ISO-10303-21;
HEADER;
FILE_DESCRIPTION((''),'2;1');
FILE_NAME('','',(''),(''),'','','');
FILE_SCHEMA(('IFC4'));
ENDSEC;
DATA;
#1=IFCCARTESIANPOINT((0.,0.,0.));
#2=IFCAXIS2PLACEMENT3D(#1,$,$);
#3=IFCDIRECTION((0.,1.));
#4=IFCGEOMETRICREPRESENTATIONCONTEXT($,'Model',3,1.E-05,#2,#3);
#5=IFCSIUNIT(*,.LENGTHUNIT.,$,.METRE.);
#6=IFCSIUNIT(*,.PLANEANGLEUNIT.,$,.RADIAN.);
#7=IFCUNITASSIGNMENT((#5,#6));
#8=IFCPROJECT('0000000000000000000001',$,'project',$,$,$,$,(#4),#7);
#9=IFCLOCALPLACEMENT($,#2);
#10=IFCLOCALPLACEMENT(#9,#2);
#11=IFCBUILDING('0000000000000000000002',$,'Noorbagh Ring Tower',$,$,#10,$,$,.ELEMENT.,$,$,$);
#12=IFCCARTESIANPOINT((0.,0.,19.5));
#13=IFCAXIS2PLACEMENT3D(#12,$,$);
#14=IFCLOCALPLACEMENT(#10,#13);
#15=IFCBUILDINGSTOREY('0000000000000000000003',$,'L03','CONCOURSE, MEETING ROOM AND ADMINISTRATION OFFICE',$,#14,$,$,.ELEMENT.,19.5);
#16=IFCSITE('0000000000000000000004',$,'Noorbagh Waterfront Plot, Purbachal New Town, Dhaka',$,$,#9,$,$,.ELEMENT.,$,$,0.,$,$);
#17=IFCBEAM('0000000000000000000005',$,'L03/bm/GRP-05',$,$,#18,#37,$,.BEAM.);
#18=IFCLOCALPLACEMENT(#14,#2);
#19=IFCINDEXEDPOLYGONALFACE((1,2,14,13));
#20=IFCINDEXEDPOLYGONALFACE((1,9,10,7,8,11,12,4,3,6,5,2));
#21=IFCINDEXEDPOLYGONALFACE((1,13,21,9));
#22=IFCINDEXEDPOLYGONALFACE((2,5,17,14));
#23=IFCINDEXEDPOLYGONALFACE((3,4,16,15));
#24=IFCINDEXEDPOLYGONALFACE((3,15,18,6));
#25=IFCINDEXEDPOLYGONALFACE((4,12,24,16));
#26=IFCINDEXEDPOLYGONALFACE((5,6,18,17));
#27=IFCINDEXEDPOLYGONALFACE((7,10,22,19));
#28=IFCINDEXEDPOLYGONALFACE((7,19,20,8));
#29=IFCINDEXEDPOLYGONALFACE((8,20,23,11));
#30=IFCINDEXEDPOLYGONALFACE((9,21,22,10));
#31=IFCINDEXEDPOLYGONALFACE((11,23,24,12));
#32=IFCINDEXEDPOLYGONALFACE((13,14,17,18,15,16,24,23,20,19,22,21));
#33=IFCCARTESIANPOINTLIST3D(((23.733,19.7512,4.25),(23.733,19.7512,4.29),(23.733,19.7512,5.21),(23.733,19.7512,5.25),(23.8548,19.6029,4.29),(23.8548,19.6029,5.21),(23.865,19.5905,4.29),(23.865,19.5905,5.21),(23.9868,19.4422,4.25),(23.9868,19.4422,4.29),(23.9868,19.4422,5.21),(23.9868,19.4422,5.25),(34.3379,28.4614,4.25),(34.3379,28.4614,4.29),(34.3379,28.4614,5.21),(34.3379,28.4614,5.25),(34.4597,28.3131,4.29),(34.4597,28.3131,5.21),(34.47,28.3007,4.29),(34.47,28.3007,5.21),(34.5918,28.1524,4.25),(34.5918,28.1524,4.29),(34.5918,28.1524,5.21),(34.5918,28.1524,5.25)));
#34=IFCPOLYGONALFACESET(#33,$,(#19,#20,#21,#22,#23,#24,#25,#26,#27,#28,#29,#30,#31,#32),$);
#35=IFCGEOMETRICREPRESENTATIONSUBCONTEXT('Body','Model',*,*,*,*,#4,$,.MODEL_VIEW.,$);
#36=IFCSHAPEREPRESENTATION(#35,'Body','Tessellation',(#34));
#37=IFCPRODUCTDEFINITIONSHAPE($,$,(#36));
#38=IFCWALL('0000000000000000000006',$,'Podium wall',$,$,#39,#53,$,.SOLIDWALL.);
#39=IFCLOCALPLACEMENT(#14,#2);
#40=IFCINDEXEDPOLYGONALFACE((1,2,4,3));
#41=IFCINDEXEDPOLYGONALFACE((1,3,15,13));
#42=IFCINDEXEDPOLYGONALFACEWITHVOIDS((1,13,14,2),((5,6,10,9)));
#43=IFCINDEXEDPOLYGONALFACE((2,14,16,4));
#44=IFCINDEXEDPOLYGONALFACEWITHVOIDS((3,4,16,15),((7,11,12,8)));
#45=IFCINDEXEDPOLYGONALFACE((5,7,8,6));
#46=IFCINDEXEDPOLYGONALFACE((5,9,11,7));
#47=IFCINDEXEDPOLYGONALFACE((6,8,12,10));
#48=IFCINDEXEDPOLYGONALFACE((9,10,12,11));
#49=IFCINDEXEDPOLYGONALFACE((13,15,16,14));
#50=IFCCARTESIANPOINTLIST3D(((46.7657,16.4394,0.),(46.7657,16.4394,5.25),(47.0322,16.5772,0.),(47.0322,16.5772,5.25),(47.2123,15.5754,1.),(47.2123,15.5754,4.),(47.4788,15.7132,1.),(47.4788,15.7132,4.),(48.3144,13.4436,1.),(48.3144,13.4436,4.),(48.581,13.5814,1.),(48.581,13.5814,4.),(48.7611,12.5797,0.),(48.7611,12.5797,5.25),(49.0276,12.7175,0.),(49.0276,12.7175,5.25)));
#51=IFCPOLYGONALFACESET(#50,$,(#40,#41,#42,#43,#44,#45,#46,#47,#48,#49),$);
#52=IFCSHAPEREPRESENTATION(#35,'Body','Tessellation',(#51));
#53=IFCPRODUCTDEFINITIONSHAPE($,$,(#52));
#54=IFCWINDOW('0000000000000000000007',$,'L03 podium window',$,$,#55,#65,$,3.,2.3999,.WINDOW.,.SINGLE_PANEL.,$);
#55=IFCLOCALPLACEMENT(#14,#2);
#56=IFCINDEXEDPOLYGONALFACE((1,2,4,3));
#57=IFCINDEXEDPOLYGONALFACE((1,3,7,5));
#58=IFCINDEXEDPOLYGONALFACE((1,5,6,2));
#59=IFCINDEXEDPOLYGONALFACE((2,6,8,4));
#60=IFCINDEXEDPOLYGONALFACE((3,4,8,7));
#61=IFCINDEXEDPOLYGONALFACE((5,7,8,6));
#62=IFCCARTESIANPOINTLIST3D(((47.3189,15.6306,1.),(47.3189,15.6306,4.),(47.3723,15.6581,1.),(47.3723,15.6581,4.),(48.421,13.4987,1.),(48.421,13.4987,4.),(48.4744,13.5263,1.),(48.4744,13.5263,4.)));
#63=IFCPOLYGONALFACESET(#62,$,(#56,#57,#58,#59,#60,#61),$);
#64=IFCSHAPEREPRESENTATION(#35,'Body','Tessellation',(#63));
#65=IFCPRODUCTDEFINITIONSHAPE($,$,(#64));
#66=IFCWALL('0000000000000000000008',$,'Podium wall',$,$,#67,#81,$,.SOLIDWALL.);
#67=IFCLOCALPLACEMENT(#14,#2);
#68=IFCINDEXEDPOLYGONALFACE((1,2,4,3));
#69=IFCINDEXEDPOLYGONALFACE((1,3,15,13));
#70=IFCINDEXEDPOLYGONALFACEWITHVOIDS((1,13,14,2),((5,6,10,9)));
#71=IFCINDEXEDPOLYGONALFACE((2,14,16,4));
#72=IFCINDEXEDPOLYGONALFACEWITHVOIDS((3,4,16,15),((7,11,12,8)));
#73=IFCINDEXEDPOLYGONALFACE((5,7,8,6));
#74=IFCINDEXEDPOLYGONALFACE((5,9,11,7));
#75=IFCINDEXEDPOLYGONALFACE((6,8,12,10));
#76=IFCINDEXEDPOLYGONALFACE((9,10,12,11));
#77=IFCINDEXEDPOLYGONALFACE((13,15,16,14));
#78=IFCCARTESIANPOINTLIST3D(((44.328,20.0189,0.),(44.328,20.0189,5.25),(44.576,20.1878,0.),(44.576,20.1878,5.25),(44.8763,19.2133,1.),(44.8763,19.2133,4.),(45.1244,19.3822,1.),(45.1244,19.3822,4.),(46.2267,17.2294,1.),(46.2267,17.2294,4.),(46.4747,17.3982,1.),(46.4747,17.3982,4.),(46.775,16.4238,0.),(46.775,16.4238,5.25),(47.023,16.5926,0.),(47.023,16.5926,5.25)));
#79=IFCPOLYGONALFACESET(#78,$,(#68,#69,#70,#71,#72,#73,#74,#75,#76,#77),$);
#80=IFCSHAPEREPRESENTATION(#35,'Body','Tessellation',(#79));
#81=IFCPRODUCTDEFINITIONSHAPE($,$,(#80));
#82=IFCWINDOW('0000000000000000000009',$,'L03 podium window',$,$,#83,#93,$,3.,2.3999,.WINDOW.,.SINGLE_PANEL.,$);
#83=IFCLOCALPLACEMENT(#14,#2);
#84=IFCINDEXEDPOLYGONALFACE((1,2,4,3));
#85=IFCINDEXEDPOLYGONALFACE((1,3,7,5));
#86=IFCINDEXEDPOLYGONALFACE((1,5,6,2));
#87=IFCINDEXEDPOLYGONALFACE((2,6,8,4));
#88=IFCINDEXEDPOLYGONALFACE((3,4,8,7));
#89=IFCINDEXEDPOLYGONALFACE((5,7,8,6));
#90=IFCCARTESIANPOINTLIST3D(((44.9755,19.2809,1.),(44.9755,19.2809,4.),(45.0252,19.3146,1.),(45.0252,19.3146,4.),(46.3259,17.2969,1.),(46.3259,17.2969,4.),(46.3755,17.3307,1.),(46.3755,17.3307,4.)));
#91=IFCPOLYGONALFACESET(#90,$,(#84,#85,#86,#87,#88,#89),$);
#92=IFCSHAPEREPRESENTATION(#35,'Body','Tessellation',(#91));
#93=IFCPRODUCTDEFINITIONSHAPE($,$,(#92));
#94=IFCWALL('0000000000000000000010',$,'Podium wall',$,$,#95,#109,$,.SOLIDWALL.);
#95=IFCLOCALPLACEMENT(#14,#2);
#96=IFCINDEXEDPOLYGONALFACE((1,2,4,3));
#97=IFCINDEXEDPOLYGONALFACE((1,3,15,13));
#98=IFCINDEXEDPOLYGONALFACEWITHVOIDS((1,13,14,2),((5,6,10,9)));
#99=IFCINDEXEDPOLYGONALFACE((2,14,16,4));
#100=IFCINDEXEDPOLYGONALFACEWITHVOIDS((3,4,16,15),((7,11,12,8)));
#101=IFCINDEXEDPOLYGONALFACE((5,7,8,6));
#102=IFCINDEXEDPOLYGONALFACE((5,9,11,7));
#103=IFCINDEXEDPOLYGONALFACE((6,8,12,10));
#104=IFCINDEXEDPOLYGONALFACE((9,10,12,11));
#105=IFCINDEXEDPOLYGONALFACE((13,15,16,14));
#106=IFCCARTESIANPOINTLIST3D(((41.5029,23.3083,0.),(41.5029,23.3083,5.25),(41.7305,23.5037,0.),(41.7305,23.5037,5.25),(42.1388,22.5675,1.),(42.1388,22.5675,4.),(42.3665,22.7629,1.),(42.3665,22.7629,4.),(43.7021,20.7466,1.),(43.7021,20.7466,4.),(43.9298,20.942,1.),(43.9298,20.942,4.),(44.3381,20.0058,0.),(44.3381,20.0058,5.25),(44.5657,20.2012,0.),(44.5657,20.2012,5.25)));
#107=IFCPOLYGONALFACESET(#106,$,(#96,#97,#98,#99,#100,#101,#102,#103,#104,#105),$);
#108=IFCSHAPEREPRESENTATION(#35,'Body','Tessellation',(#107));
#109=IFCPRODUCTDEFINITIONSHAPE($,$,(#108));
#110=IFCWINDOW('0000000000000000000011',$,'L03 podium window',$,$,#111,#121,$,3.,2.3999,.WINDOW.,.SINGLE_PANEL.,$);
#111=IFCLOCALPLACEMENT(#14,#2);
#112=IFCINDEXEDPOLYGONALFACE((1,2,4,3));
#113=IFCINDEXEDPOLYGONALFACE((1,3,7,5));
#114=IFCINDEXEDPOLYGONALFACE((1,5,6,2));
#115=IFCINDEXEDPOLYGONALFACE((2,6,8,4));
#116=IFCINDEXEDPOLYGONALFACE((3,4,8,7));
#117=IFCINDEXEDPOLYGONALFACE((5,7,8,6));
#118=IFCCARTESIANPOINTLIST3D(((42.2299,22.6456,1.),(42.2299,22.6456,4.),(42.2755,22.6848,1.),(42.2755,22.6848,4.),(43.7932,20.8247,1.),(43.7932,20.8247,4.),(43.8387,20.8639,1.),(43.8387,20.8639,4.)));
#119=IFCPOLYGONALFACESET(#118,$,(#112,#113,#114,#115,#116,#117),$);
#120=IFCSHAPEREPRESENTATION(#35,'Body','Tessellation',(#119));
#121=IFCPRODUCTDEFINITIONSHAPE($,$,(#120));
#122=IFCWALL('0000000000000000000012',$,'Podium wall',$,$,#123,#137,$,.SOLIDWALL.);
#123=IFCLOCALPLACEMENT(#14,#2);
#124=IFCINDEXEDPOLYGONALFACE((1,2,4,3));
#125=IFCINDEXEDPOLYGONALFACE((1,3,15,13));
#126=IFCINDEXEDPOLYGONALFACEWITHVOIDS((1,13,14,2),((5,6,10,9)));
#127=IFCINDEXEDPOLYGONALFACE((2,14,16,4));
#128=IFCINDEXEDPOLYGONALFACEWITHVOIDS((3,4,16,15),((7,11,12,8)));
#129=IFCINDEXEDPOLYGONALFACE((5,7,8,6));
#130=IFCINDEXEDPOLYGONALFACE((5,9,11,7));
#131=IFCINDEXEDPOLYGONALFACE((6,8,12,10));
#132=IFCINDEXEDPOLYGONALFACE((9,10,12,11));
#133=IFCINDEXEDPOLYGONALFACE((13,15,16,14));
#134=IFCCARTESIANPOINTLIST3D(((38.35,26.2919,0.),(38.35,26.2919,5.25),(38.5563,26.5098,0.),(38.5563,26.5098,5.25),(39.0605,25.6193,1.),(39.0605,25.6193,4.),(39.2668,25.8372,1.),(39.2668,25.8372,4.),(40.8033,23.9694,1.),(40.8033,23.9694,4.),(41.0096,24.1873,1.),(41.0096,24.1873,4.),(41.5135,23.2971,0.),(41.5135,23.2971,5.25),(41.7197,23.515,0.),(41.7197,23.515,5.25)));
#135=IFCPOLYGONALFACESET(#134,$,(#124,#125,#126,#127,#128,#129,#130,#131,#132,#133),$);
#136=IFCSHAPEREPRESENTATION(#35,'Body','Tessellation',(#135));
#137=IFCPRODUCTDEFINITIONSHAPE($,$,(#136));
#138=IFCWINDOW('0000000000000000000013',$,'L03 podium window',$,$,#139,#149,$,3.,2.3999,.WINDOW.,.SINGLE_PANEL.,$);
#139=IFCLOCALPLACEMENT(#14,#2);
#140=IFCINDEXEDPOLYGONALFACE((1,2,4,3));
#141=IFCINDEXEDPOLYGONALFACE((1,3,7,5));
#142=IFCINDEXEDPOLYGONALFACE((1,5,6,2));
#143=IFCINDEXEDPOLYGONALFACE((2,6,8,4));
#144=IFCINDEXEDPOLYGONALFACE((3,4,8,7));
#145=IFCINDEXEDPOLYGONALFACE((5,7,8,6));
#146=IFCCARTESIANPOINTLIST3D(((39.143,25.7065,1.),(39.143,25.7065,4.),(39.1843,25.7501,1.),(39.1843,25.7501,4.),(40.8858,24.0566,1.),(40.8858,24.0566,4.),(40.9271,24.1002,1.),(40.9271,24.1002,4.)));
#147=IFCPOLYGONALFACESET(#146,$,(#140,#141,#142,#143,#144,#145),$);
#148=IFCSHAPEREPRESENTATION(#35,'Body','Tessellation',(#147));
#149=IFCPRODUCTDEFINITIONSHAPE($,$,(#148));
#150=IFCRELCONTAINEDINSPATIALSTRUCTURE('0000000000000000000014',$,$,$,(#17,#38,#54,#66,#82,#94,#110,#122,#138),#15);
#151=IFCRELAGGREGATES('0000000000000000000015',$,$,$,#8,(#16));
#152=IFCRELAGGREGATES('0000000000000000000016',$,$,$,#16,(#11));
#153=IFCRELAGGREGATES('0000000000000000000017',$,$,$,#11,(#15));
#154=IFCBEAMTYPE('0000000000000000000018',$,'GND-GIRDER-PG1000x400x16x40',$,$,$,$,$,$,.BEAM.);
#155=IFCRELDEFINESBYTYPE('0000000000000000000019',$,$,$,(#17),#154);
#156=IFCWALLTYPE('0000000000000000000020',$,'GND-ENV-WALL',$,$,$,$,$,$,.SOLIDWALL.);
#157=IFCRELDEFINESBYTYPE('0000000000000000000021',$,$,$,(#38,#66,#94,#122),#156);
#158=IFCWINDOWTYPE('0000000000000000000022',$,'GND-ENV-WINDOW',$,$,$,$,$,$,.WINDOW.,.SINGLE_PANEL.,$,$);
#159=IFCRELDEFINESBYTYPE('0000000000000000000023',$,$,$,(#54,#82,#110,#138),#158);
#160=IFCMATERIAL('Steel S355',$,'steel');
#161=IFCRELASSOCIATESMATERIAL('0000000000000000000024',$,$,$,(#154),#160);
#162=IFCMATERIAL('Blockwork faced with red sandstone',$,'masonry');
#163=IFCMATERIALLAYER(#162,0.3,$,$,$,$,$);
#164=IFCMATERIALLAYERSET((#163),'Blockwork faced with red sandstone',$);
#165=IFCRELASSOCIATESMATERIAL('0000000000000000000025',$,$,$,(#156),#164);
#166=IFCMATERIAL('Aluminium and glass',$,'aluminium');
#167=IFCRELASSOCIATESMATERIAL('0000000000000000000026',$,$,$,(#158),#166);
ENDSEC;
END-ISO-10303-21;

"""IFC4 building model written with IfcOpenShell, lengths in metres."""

from ifc_helpers import new_model, si_unit, direction, frame, frame_2d, origin, origin_2d, place, context, subcontext, project, spatial, rectangle, i_section, extrude, material, layer, layer_set, material_profile, profile_set, type_object, element, fill, save


model = new_model("IFC4")

# Units and contexts
model_context = context("Model", 3, precision=1e-05, world=origin(), true_north=direction((0.0, 1.0)))
body_context = subcontext(model_context, "Body", "Model", "MODEL_VIEW")
ifc_project = project(units=[si_unit("LENGTHUNIT", "METRE"), si_unit("PLANEANGLEUNIT", "RADIAN")], contexts=[model_context])

# Site, building, storey
site_placement = place(None, origin())
site = spatial("IfcSite", under=ifc_project, at=site_placement, Name="Noorbagh Waterfront Plot, Purbachal New Town, Dhaka", CompositionType="ELEMENT", RefElevation=0.0)
building_placement = place(site_placement, origin())
building = spatial("IfcBuilding", under=site, at=building_placement, Name="Noorbagh Ring Tower", CompositionType="ELEMENT")
storey_placement = place(building_placement, frame((0.0, 0.0, 19.5)))
storey = spatial("IfcBuildingStorey", under=building, at=storey_placement, Name="L03", Description="CONCOURSE, MEETING ROOM AND ADMINISTRATION OFFICE", CompositionType="ELEMENT", Elevation=19.5)

# Beam
ifc_material_1 = material(Name="Steel S355", Category="steel")
ifc_material_profile_1 = material_profile(ifc_material_1, i_section(OverallWidth=0.3999, OverallDepth=1.0, WebThickness=0.0161, FlangeThickness=0.04, at=origin_2d()), Name="PG1000x400x16x40")
ifc_profile_set_1 = profile_set([ifc_material_profile_1], Name="Steel S355")
beam_type_1 = type_object("IfcBeamType", Name="GND-GIRDER-PG1000x400x16x40", PredefinedType="BEAM", material=ifc_profile_set_1)
beam_1_placement = place(storey_placement, frame((34.4648, 28.3069, 4.75), z_axis=(-0.772763, -0.634695, 0.0), x_axis=(0.634695, -0.772763, 0.0)))
element("IfcBeam", 1, at=beam_1_placement, inside=storey, type_object=beam_type_1, Name="L03/bm/GRP-05", PredefinedType="BEAM", context=body_context, shape_type="SweptSolid", body=[
    extrude(i_section(OverallWidth=0.3999, OverallDepth=1.0, WebThickness=0.0161, FlangeThickness=0.04, at=origin_2d()), origin(), (0.0, 0.0, 1.0), 13.7234),
])

# Walls, openings, windows
ifc_material_2 = material(Name="Blockwork faced with red sandstone", Category="masonry")
ifc_layer = layer(ifc_material_2, 0.3)
ifc_layer_set = layer_set([ifc_layer], Name="Blockwork faced with red sandstone")
wall_type = type_object("IfcWallType", Name="GND-ENV-WALL", PredefinedType="SOLIDWALL", material=ifc_layer_set)
wall_1_placement = place(storey_placement, frame((48.8943, 12.6487, 0.0), z_axis=(0.0, 0.0, 1.0), x_axis=(-0.459243, 0.888311, 0.0)))
wall_1 = element("IfcWall", 2, at=wall_1_placement, inside=storey, type_object=wall_type, Name="Podium wall", PredefinedType="SOLIDWALL", context=body_context, shape_type="SweptSolid", body=[
    extrude(rectangle(XDim=4.345, YDim=0.3, at=frame_2d((2.1724, 0.0))), origin(), (0.0, 0.0, 1.0), 5.25),
])
opening_1_placement = place(wall_1_placement, frame((0.9724, 0.0, 1.0)))
opening_1 = element("IfcOpeningElement", 3, at=opening_1_placement, cuts=wall_1, PredefinedType="OPENING", context=body_context, shape_type="SweptSolid", body=[
    extrude(rectangle(XDim=2.3999, YDim=3.0, at=frame_2d((1.2, 1.5))), frame((0.0, 0.1602, 0.0), z_axis=(0.0, -1.0, 0.0), x_axis=(1.0, 0.0, 0.0)), (0.0, 0.0, 1.0), 0.3201),
])
ifc_material_3 = material(Name="Aluminium and glass", Category="aluminium")
window_type = type_object("IfcWindowType", Name="GND-ENV-WINDOW", PartitioningType="SINGLE_PANEL", PredefinedType="WINDOW", material=ifc_material_3)
window_1_placement = place(opening_1_placement, origin())
window_1 = element("IfcWindow", 4, at=window_1_placement, inside=storey, type_object=window_type, Name="L03 podium window", OverallHeight=3.0, OverallWidth=2.3999, PartitioningType="SINGLE_PANEL", PredefinedType="WINDOW", context=body_context, shape_type="SweptSolid", body=[
    extrude(rectangle(XDim=2.3999, YDim=3.0, at=frame_2d((1.2, 1.5))), frame((0.0, 0.03, 0.0), z_axis=(0.0, -1.0, 0.0), x_axis=(1.0, 0.0, 0.0)), (0.0, 0.0, 1.0), 0.0601),
])
fill(opening_1, window_1)
wall_2_placement = place(storey_placement, frame((46.8989, 16.5083, 0.0), z_axis=(0.0, 0.0, 1.0), x_axis=(-0.562668, 0.826683, 0.0)))
wall_2 = element("IfcWall", 5, at=wall_2_placement, inside=storey, type_object=wall_type, Name="Podium wall", PredefinedType="SOLIDWALL", context=body_context, shape_type="SweptSolid", body=[
    extrude(rectangle(XDim=4.3489, YDim=0.3, at=frame_2d((2.1743, 0.0))), origin(), (0.0, 0.0, 1.0), 5.25),
])
opening_2_placement = place(wall_2_placement, frame((0.9744, 0.0, 1.0)))
opening_2 = element("IfcOpeningElement", 6, at=opening_2_placement, cuts=wall_2, PredefinedType="OPENING", context=body_context, shape_type="SweptSolid", body=[
    extrude(rectangle(XDim=2.3999, YDim=3.0, at=frame_2d((1.2, 1.5))), frame((0.0, 0.1602, 0.0), z_axis=(0.0, -1.0, 0.0), x_axis=(1.0, 0.0, 0.0)), (0.0, 0.0, 1.0), 0.3201),
])
window_2_placement = place(opening_2_placement, origin())
window_2 = element("IfcWindow", 7, at=window_2_placement, inside=storey, type_object=window_type, Name="L03 podium window", OverallHeight=3.0, OverallWidth=2.3999, PartitioningType="SINGLE_PANEL", PredefinedType="WINDOW", context=body_context, shape_type="SweptSolid", body=[
    extrude(rectangle(XDim=2.3999, YDim=3.0, at=frame_2d((1.2, 1.5))), frame((0.0, 0.03, 0.0), z_axis=(0.0, -1.0, 0.0), x_axis=(1.0, 0.0, 0.0)), (0.0, 0.0, 1.0), 0.0601),
])
fill(opening_2, window_2)
wall_3_placement = place(storey_placement, frame((44.4519, 20.1035, 0.0), z_axis=(0.0, 0.0, 1.0), x_axis=(-0.651387, 0.758746, 0.0)))
wall_3 = element("IfcWall", 8, at=wall_3_placement, inside=storey, type_object=wall_type, Name="Podium wall", PredefinedType="SOLIDWALL", context=body_context, shape_type="SweptSolid", body=[
    extrude(rectangle(XDim=4.3525, YDim=0.3, at=frame_2d((2.1763, 0.0))), origin(), (0.0, 0.0, 1.0), 5.25),
])
opening_3_placement = place(wall_3_placement, frame((0.9763, 0.0, 1.0)))
opening_3 = element("IfcOpeningElement", 9, at=opening_3_placement, cuts=wall_3, PredefinedType="OPENING", context=body_context, shape_type="SweptSolid", body=[
    extrude(rectangle(XDim=2.3999, YDim=3.0, at=frame_2d((1.2, 1.5))), frame((0.0, 0.1602, 0.0), z_axis=(0.0, -1.0, 0.0), x_axis=(1.0, 0.0, 0.0)), (0.0, 0.0, 1.0), 0.3201),
])
window_3_placement = place(opening_3_placement, origin())
window_3 = element("IfcWindow", 10, at=window_3_placement, inside=storey, type_object=window_type, Name="L03 podium window", OverallHeight=3.0, OverallWidth=2.3999, PartitioningType="SINGLE_PANEL", PredefinedType="WINDOW", context=body_context, shape_type="SweptSolid", body=[
    extrude(rectangle(XDim=2.3999, YDim=3.0, at=frame_2d((1.2, 1.5))), frame((0.0, 0.03, 0.0), z_axis=(0.0, -1.0, 0.0), x_axis=(1.0, 0.0, 0.0)), (0.0, 0.0, 1.0), 0.0601),
])
fill(opening_3, window_3)
wall_4_placement = place(storey_placement, frame((41.6167, 23.406, 0.0), z_axis=(0.0, 0.0, 1.0), x_axis=(-0.726204, 0.687479, 0.0)))
wall_4 = element("IfcWall", 11, at=wall_4_placement, inside=storey, type_object=wall_type, Name="Podium wall", PredefinedType="SOLIDWALL", context=body_context, shape_type="SweptSolid", body=[
    extrude(rectangle(XDim=4.3562, YDim=0.3, at=frame_2d((2.1782, 0.0))), origin(), (0.0, 0.0, 1.0), 5.25),
])
opening_4_placement = place(wall_4_placement, frame((0.978, 0.0, 1.0)))
opening_4 = element("IfcOpeningElement", 12, at=opening_4_placement, cuts=wall_4, PredefinedType="OPENING", context=body_context, shape_type="SweptSolid", body=[
    extrude(rectangle(XDim=2.3999, YDim=3.0, at=frame_2d((1.2, 1.5))), frame((0.0, 0.1602, 0.0), z_axis=(0.0, -1.0, 0.0), x_axis=(1.0, 0.0, 0.0)), (0.0, 0.0, 1.0), 0.3201),
])
window_4_placement = place(opening_4_placement, origin())
window_4 = element("IfcWindow", 13, at=window_4_placement, inside=storey, type_object=window_type, Name="L03 podium window", OverallHeight=3.0, OverallWidth=2.3999, PartitioningType="SINGLE_PANEL", PredefinedType="WINDOW", context=body_context, shape_type="SweptSolid", body=[
    extrude(rectangle(XDim=2.3999, YDim=3.0, at=frame_2d((1.2, 1.5))), frame((0.0, 0.03, 0.0), z_axis=(0.0, -1.0, 0.0), x_axis=(1.0, 0.0, 0.0)), (0.0, 0.0, 1.0), 0.0601),
])
fill(opening_4, window_4)

save(model, "model.ifc")
